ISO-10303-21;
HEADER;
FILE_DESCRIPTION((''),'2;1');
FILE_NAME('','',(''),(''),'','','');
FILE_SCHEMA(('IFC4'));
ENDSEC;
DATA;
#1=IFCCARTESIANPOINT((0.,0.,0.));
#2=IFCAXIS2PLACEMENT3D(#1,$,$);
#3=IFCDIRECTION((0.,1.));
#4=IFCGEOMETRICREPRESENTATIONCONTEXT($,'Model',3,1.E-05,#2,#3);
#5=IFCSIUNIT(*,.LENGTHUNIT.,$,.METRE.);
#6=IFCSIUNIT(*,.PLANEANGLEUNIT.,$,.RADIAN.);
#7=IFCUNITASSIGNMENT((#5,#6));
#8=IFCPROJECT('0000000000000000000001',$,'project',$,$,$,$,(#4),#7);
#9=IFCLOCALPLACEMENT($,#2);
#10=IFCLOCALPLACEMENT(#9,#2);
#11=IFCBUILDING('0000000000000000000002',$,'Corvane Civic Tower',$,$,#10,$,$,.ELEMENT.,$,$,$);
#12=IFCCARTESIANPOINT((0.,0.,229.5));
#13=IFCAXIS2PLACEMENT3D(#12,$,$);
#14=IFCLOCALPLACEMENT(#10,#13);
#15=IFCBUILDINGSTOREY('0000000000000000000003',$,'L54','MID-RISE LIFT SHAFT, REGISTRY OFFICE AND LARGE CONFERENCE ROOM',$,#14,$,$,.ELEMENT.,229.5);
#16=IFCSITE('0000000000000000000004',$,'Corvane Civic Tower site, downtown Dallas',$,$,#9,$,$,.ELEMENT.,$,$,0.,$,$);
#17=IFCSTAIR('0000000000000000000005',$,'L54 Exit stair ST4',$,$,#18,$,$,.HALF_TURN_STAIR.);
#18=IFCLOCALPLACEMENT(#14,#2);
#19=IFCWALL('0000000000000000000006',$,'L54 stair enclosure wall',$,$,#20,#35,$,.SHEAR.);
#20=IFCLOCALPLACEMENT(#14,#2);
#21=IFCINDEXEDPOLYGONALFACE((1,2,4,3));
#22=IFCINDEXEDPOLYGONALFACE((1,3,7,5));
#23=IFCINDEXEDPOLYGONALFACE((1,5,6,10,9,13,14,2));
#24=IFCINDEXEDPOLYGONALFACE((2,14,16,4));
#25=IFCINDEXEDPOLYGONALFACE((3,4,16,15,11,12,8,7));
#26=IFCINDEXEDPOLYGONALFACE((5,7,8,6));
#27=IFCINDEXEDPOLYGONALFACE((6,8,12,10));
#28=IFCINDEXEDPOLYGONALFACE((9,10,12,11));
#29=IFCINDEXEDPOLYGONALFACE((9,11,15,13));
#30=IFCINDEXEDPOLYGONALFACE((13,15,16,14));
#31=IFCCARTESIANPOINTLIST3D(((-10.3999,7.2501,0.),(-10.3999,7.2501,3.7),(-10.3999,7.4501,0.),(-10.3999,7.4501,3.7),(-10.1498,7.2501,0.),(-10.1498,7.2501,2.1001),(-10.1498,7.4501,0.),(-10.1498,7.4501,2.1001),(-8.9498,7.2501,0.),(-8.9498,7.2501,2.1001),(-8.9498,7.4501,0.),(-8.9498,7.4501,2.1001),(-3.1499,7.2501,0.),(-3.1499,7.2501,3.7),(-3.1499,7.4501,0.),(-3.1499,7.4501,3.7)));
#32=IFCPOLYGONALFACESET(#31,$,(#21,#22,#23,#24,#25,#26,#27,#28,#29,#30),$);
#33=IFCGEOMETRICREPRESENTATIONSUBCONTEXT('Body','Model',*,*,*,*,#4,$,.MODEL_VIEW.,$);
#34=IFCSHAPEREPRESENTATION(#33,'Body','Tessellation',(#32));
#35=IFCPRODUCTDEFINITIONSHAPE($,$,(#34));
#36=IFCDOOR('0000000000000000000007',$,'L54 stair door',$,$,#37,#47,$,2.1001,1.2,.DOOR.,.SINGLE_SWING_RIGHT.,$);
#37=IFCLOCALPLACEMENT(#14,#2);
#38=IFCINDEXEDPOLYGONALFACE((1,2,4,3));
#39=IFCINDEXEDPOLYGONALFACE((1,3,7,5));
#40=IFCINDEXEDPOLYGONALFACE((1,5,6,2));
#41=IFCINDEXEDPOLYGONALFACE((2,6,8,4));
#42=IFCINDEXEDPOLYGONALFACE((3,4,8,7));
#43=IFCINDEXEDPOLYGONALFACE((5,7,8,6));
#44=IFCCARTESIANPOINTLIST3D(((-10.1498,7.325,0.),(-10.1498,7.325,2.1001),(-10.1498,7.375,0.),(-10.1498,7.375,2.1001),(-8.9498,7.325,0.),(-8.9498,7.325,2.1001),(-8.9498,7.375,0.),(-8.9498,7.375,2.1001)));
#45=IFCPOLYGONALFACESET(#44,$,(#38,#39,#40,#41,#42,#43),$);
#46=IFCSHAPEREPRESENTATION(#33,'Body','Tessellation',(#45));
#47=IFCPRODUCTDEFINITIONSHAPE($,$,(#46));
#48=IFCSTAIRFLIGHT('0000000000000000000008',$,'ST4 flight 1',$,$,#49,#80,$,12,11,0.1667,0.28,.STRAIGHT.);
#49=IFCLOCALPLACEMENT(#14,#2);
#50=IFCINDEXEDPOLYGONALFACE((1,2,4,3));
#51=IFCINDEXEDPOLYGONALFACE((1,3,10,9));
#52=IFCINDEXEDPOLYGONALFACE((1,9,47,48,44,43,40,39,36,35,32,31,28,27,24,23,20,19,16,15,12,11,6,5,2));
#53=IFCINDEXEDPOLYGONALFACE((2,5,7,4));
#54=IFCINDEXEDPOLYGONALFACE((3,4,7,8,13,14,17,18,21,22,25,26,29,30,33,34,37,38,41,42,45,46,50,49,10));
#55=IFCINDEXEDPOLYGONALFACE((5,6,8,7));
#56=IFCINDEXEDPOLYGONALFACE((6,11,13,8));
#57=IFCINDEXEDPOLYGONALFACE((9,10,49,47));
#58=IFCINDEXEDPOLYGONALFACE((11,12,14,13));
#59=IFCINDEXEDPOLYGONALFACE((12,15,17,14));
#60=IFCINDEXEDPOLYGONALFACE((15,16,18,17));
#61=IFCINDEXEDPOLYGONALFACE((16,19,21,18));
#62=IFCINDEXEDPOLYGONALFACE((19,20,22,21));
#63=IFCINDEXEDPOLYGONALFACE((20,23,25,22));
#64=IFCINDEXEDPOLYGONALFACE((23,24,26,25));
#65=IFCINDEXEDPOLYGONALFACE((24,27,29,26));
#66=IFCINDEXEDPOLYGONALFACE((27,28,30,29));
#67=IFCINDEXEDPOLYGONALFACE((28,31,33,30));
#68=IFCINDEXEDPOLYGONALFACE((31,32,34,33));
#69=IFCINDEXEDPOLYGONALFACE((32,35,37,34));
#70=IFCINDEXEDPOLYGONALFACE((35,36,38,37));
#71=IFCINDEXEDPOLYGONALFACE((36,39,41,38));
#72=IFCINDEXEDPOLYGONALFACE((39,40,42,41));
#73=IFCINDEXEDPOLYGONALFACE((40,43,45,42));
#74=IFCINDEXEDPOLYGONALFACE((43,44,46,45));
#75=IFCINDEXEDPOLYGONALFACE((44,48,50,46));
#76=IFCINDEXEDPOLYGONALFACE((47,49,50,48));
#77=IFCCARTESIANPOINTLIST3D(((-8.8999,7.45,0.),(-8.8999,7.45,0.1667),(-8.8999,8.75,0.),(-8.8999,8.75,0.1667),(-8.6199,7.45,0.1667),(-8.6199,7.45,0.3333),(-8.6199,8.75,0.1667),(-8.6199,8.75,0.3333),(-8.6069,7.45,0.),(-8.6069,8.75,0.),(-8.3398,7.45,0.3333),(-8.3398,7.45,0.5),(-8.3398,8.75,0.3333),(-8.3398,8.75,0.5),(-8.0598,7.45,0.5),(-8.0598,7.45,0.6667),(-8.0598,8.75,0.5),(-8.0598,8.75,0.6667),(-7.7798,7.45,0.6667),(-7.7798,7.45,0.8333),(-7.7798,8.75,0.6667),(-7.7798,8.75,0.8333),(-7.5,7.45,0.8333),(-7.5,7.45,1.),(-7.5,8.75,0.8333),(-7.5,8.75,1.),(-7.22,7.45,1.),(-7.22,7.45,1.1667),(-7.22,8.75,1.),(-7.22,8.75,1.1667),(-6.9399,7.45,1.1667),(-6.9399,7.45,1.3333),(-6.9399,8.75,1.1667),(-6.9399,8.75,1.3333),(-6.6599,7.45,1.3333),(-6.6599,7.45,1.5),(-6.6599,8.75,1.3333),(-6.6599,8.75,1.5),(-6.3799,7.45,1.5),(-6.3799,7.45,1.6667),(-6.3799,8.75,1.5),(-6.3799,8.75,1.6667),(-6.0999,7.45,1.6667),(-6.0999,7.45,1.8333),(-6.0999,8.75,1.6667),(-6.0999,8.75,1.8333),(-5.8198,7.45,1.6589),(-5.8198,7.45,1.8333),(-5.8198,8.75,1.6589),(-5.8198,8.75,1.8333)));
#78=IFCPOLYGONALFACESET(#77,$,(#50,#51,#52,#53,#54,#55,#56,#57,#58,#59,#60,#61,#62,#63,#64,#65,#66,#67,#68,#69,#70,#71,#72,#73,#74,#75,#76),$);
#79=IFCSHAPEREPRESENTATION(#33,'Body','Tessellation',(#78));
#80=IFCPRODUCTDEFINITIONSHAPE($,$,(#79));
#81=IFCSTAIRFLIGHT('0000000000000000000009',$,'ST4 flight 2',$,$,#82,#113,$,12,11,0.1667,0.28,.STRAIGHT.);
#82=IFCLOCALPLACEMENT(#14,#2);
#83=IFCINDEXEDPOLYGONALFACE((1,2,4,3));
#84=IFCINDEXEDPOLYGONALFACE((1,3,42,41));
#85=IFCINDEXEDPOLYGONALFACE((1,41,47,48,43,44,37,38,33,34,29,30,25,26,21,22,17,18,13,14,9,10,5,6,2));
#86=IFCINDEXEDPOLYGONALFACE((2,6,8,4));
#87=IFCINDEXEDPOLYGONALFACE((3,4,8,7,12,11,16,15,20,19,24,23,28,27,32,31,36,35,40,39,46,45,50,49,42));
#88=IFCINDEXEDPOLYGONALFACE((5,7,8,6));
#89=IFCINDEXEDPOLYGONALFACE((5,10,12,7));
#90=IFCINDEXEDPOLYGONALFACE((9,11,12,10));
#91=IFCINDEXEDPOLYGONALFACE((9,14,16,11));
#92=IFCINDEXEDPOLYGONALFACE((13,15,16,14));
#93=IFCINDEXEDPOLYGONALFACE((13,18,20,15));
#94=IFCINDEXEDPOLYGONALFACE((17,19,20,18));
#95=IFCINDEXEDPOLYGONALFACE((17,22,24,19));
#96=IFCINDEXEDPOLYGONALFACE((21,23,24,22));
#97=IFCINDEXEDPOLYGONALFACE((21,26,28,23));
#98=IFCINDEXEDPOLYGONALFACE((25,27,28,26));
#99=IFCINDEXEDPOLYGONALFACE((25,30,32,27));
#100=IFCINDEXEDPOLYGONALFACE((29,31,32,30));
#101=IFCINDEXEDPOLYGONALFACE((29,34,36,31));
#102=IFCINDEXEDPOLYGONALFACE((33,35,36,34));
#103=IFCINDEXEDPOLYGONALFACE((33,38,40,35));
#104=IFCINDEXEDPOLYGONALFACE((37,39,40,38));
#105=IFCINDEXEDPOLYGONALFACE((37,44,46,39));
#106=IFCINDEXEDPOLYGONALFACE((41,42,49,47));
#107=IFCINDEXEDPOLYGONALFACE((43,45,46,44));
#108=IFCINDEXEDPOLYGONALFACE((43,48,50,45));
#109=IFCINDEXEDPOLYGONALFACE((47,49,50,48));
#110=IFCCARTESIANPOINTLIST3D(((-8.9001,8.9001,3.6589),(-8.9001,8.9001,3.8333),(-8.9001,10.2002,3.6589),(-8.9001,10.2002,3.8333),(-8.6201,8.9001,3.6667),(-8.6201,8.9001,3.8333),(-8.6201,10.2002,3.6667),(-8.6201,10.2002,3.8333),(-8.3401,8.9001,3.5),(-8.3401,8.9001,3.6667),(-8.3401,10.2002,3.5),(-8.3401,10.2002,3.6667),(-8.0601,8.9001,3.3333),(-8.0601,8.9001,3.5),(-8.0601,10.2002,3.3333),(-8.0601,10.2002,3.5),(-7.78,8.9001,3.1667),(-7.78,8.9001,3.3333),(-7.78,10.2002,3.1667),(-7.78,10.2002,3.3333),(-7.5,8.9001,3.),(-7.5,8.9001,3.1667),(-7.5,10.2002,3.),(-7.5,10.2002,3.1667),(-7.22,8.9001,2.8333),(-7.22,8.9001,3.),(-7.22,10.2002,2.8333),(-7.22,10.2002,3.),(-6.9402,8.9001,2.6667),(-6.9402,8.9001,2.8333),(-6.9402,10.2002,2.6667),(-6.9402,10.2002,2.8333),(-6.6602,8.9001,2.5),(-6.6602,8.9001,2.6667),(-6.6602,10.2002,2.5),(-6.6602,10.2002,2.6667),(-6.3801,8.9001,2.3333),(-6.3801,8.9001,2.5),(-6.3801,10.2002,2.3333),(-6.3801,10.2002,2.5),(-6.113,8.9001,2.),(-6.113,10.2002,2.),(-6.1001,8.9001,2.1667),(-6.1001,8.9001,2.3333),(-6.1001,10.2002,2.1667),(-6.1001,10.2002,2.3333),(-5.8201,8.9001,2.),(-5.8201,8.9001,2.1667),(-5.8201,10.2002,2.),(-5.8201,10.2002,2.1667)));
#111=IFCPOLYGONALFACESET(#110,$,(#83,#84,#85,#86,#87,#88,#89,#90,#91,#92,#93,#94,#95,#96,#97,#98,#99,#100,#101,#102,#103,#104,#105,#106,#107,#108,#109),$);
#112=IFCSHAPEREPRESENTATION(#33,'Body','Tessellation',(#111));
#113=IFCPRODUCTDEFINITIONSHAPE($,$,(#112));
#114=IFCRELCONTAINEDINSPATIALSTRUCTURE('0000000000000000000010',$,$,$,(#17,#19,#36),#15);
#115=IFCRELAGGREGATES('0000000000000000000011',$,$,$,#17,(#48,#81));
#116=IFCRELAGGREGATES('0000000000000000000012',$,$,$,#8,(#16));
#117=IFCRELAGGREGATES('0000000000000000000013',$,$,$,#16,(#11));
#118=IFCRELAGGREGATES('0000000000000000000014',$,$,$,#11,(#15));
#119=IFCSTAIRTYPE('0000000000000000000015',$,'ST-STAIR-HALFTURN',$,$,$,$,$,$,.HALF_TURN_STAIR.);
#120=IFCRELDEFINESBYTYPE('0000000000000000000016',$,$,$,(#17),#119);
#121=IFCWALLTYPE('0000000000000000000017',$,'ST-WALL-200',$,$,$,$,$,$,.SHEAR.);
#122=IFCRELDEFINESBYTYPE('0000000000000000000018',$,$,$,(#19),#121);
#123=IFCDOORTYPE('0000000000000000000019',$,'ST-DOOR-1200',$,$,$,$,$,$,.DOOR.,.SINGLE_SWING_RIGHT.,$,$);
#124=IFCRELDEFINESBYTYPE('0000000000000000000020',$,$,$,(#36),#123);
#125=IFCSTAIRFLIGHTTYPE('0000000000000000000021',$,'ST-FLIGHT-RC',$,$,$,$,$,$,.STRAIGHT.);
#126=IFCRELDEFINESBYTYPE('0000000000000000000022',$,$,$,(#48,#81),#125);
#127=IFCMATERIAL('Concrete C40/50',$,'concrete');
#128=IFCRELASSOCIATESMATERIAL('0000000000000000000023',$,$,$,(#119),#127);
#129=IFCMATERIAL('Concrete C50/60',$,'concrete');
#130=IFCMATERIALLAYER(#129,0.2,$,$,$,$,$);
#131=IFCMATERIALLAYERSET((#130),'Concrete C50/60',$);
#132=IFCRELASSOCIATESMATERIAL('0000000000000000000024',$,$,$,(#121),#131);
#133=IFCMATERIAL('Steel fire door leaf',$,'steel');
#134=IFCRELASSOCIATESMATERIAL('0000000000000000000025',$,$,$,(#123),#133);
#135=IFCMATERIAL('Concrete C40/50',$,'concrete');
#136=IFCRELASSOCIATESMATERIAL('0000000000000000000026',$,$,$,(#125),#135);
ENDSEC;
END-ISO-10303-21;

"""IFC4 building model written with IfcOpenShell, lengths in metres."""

from ifc_helpers import new_model, si_unit, direction, frame, frame_2d, origin, place, context, subcontext, project, spatial, polyline, rectangle, outline, extrude, material, layer, layer_set, type_object, element, fill, aggregate, save


model = new_model("IFC4")

# Units and contexts
model_context = context("Model", 3, precision=1e-05, world=origin(), true_north=direction((0.0, 1.0)))
body_context = subcontext(model_context, "Body", "Model", "MODEL_VIEW")
ifc_project = project(units=[si_unit("LENGTHUNIT", "METRE"), si_unit("PLANEANGLEUNIT", "RADIAN")], contexts=[model_context])

# Site, building, storey
site_placement = place(None, origin())
site = spatial("IfcSite", under=ifc_project, at=site_placement, Name="Corvane Civic Tower site, downtown Dallas", CompositionType="ELEMENT", RefElevation=0.0)
building_placement = place(site_placement, origin())
building = spatial("IfcBuilding", under=site, at=building_placement, Name="Corvane Civic Tower", CompositionType="ELEMENT")
storey_placement = place(building_placement, frame((0.0, 0.0, 229.5)))
storey = spatial("IfcBuildingStorey", under=building, at=storey_placement, Name="L54", Description="MID-RISE LIFT SHAFT, REGISTRY OFFICE AND LARGE CONFERENCE ROOM", CompositionType="ELEMENT", Elevation=229.5)

# Stair
ifc_material_1 = material(Name="Concrete C40/50", Category="concrete")
stair_type = type_object("IfcStairType", Name="ST-STAIR-HALFTURN", PredefinedType="HALF_TURN_STAIR", material=ifc_material_1)
stair_1_placement = place(storey_placement, origin())
stair_1 = element("IfcStair", 1, at=stair_1_placement, inside=storey, type_object=stair_type, Name="L54 Exit stair ST4", PredefinedType="HALF_TURN_STAIR")

# Wall, opening, door
ifc_material_2 = material(Name="Concrete C50/60", Category="concrete")
ifc_layer_1 = layer(ifc_material_2, 0.2)
ifc_layer_set_1 = layer_set([ifc_layer_1], Name="Concrete C50/60")
wall_type_1 = type_object("IfcWallType", Name="ST-WALL-200", PredefinedType="SHEAR", material=ifc_layer_set_1)
wall_1_placement = place(storey_placement, frame((-10.3999, 7.3501, 0.0), z_axis=(0.0, 0.0, 1.0), x_axis=(1.0, 0.0, 0.0)))
wall_1 = element("IfcWall", 2, at=wall_1_placement, inside=storey, type_object=wall_type_1, Name="L54 stair enclosure wall", PredefinedType="SHEAR", context=body_context, shape_type="SweptSolid", body=[
    extrude(rectangle(XDim=7.25, YDim=0.2, at=frame_2d((3.625, 0.0))), origin(), (0.0, 0.0, 1.0), 3.7),
])
opening_1_placement = place(wall_1_placement, frame((0.25, 0.0, 0.0)))
opening_1 = element("IfcOpeningElement", 3, at=opening_1_placement, cuts=wall_1, PredefinedType="OPENING", context=body_context, shape_type="SweptSolid", body=[
    extrude(rectangle(XDim=1.2, YDim=2.1001, at=frame_2d((0.6001, 1.05))), frame((0.0, 0.1099, 0.0), z_axis=(0.0, -1.0, 0.0), x_axis=(1.0, 0.0, 0.0)), (0.0, 0.0, 1.0), 0.22),
])
ifc_material_3 = material(Name="Steel fire door leaf", Category="steel")
door_type_1 = type_object("IfcDoorType", Name="ST-DOOR-1200", OperationType="SINGLE_SWING_RIGHT", PredefinedType="DOOR", material=ifc_material_3)
door_1_placement = place(opening_1_placement, origin())
door_1 = element("IfcDoor", 4, at=door_1_placement, inside=storey, type_object=door_type_1, Name="L54 stair door", OperationType="SINGLE_SWING_RIGHT", OverallHeight=2.1001, OverallWidth=1.2, PredefinedType="DOOR", context=body_context, shape_type="SweptSolid", body=[
    extrude(rectangle(XDim=1.2, YDim=2.1001, at=frame_2d((0.6001, 1.05))), frame((0.0, 0.0249, 0.0), z_axis=(0.0, -1.0, 0.0), x_axis=(1.0, 0.0, 0.0)), (0.0, 0.0, 1.0), 0.05),
])
fill(opening_1, door_1)

# Stair flights
ifc_material_4 = material(Name="Concrete C40/50", Category="concrete")
stair_flight_type = type_object("IfcStairFlightType", Name="ST-FLIGHT-RC", PredefinedType="STRAIGHT", material=ifc_material_4)
stair_flight_1_placement = place(storey_placement, frame((-8.8999, 8.1001, 0.0), z_axis=(0.0, 0.0, 1.0), x_axis=(1.0, 0.0, 0.0)))
stair_flight_1 = element("IfcStairFlight", 5, at=stair_flight_1_placement, type_object=stair_flight_type, Name="ST4 flight 1", NumberOfRisers=12, NumberOfTreads=11, PredefinedType="STRAIGHT", RiserHeight=0.1667, TreadLength=0.28, context=body_context, shape_type="SweptSolid", body=[
    extrude(outline(polyline([(0.0, 0.0), (0.0, 0.1667), (0.28, 0.1667), (0.28, 0.3333), (0.5601, 0.3333), (0.5601, 0.5), (0.8401, 0.5), (0.8401, 0.6667), (1.1201, 0.6667), (1.1201, 0.8333), (1.3999, 0.8333), (1.3999, 1.0), (1.6799, 1.0), (1.6799, 1.1667), (1.96, 1.1667), (1.96, 1.3333), (2.24, 1.3333), (2.24, 1.5), (2.52, 1.5), (2.52, 1.6667), (2.8, 1.6667), (2.8, 1.8333), (3.0801, 1.8333), (3.0801, 2.0), (3.0801, 1.6589), (0.293, 0.0), (0.0, 0.0)])), frame((0.0, 0.6499, 0.0), z_axis=(0.0, -1.0, 0.0), x_axis=(1.0, 0.0, 0.0)), (0.0, 0.0, 1.0), 1.3),
])
stair_flight_2_placement = place(storey_placement, frame((-5.8201, 9.55, 2.0), z_axis=(0.0, 0.0, 1.0), x_axis=(-1.0, 0.0, 0.0)))
stair_flight_2 = element("IfcStairFlight", 6, at=stair_flight_2_placement, type_object=stair_flight_type, Name="ST4 flight 2", NumberOfRisers=12, NumberOfTreads=11, PredefinedType="STRAIGHT", RiserHeight=0.1667, TreadLength=0.28, context=body_context, shape_type="SweptSolid", body=[
    extrude(outline(polyline([(0.0, 0.0), (0.0, 0.1667), (0.28, 0.1667), (0.28, 0.3333), (0.5601, 0.3333), (0.5601, 0.5), (0.8401, 0.5), (0.8401, 0.6667), (1.1201, 0.6667), (1.1201, 0.8333), (1.3999, 0.8333), (1.3999, 1.0), (1.6799, 1.0), (1.6799, 1.1667), (1.96, 1.1667), (1.96, 1.3333), (2.24, 1.3333), (2.24, 1.5), (2.52, 1.5), (2.52, 1.6667), (2.8, 1.6667), (2.8, 1.8333), (3.0801, 1.8333), (3.0801, 2.0), (3.0801, 1.6589), (0.293, 0.0), (0.0, 0.0)])), frame((0.0, 0.6499, 0.0), z_axis=(0.0, -1.0, 0.0), x_axis=(1.0, 0.0, 0.0)), (0.0, 0.0, 1.0), 1.3),
])
aggregate(stair_1, [stair_flight_1, stair_flight_2])

save(model, "model.ifc")
